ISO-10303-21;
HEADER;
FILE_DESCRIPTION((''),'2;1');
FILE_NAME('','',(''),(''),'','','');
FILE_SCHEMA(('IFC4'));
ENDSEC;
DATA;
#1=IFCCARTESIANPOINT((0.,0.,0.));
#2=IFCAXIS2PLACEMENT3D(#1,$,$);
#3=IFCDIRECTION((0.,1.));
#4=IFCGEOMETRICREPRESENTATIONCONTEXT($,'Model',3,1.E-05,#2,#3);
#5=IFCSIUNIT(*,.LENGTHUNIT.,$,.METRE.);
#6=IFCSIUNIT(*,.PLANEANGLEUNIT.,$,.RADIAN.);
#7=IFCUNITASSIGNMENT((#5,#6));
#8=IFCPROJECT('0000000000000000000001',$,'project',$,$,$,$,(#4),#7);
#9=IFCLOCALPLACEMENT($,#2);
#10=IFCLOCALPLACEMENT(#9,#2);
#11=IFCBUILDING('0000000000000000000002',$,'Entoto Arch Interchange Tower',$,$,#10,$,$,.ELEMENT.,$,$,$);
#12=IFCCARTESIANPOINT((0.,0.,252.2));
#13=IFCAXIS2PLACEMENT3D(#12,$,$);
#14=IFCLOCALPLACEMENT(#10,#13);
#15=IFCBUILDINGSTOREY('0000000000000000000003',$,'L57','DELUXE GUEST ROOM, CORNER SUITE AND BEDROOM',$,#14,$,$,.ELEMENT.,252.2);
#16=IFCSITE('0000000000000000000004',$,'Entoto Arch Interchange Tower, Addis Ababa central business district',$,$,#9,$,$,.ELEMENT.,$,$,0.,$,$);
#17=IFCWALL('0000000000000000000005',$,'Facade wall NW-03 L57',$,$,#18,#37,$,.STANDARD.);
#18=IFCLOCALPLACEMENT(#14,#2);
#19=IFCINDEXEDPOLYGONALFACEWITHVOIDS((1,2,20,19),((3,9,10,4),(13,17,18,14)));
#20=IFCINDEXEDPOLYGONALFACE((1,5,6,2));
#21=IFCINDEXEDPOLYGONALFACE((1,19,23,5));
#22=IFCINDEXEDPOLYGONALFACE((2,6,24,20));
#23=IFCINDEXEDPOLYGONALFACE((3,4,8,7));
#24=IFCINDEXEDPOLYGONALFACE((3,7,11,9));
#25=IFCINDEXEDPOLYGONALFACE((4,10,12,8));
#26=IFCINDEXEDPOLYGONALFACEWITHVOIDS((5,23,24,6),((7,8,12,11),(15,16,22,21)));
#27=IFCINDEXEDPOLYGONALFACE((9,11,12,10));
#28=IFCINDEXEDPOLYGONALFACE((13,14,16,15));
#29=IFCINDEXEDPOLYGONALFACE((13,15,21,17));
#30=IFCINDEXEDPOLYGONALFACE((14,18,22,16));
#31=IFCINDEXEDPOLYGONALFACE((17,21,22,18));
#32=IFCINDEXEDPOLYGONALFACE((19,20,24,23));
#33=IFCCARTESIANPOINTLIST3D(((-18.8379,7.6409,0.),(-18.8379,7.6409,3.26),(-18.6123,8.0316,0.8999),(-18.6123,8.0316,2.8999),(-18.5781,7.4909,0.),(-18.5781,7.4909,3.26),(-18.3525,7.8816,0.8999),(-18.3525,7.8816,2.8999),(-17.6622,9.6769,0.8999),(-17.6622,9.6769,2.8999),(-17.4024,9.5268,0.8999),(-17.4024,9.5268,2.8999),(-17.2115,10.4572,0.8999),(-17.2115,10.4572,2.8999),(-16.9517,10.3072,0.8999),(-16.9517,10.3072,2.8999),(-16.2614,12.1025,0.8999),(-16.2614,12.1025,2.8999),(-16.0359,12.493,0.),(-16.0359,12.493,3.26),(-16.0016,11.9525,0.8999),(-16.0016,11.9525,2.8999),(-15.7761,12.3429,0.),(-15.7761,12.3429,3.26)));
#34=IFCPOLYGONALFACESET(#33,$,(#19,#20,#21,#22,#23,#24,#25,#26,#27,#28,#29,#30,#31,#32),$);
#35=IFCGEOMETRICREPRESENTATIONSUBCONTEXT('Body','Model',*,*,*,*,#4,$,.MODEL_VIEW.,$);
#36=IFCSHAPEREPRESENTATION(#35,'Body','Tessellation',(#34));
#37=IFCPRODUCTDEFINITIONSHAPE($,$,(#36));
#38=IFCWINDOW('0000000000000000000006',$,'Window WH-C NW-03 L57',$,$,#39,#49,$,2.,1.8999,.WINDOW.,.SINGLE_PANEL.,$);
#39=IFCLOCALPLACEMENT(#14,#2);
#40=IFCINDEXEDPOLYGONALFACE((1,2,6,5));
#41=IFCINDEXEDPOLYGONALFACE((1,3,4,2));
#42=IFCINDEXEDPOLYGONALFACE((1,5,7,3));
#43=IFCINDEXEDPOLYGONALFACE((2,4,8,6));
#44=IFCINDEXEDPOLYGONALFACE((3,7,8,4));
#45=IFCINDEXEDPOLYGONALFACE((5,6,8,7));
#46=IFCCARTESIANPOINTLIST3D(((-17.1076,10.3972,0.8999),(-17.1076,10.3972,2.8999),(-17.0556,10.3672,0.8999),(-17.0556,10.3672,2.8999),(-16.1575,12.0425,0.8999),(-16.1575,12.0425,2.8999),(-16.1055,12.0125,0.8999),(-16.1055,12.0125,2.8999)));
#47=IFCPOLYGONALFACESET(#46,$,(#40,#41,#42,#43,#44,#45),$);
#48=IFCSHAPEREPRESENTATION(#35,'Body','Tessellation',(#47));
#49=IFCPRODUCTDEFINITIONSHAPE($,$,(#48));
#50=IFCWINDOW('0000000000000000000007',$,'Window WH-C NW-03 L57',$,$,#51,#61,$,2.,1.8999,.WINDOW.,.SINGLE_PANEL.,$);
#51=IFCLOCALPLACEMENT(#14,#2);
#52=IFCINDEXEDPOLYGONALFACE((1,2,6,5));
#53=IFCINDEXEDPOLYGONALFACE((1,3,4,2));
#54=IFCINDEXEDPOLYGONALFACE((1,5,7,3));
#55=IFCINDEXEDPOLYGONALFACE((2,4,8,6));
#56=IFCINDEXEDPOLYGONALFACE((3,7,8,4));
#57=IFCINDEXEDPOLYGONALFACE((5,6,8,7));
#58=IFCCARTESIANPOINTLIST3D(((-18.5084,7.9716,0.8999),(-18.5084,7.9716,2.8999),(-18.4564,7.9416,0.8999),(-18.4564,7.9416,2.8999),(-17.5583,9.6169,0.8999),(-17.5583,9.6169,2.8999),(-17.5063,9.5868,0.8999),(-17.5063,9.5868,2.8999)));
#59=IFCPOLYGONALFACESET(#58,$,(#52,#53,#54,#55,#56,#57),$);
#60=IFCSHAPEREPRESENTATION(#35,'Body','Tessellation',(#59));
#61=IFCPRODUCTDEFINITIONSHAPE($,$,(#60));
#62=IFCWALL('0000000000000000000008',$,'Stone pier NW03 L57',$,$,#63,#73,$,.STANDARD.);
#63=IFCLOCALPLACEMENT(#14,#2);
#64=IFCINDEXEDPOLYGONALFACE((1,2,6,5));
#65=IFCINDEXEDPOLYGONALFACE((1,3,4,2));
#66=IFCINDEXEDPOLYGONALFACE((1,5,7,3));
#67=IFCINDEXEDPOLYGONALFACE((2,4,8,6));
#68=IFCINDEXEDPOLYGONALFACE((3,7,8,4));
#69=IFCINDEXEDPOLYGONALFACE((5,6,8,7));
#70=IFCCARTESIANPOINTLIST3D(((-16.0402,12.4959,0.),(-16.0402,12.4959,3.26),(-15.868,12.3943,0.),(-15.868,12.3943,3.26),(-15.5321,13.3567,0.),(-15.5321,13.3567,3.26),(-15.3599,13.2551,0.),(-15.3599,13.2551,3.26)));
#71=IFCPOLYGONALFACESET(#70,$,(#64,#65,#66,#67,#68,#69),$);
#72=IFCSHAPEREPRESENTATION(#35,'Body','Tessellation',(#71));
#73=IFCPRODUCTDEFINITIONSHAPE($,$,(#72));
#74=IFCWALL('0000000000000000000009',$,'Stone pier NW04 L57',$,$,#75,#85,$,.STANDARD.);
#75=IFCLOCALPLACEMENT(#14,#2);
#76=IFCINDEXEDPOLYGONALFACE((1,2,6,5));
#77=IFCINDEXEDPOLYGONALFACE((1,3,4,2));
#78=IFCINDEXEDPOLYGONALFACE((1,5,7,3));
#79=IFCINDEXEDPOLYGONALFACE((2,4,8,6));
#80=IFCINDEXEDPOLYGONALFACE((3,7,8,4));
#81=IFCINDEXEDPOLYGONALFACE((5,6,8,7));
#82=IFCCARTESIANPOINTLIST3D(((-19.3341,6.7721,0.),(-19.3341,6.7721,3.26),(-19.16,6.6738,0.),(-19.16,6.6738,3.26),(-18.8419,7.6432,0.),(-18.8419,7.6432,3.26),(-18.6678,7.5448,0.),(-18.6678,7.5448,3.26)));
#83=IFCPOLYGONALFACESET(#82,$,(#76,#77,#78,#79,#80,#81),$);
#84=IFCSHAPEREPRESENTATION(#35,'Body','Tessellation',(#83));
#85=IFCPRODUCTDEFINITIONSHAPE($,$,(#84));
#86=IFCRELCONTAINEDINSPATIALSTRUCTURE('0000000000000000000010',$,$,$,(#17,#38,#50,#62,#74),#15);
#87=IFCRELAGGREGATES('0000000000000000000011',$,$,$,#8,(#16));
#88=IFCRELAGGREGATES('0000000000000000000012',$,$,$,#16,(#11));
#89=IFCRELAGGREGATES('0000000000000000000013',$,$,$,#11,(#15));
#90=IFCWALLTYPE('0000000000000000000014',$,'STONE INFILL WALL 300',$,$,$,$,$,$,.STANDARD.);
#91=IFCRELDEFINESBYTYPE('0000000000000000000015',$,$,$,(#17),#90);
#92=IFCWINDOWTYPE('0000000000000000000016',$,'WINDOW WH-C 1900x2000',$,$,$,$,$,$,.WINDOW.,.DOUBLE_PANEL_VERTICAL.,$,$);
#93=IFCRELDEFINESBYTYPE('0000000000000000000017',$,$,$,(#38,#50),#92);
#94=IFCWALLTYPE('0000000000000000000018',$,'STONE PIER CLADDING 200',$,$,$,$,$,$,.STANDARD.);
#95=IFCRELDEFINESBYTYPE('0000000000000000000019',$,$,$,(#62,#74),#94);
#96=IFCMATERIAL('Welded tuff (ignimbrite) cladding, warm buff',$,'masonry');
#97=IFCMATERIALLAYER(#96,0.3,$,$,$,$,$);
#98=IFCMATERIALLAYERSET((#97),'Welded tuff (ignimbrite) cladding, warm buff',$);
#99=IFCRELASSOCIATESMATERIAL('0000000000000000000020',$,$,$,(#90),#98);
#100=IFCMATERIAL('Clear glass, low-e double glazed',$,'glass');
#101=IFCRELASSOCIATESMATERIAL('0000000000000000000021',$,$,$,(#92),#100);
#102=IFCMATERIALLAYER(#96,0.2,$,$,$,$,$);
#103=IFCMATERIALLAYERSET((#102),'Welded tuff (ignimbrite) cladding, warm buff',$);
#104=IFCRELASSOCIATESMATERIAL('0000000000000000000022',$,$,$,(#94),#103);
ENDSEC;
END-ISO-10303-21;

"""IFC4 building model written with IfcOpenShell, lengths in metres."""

from ifc_helpers import new_model, si_unit, direction, frame, frame_2d, origin, place, context, subcontext, project, spatial, rectangle, extrude, material, layer, layer_set, type_object, element, fill, save


model = new_model("IFC4")

# Units and contexts
model_context = context("Model", 3, precision=1e-05, world=origin(), true_north=direction((0.0, 1.0)))
body_context = subcontext(model_context, "Body", "Model", "MODEL_VIEW")
ifc_project = project(units=[si_unit("LENGTHUNIT", "METRE"), si_unit("PLANEANGLEUNIT", "RADIAN")], contexts=[model_context])

# Site, building, storey
site_placement = place(None, origin())
site = spatial("IfcSite", under=ifc_project, at=site_placement, Name="Entoto Arch Interchange Tower, Addis Ababa central business district", CompositionType="ELEMENT", RefElevation=0.0)
building_placement = place(site_placement, origin())
building = spatial("IfcBuilding", under=site, at=building_placement, Name="Entoto Arch Interchange Tower", CompositionType="ELEMENT")
storey_placement = place(building_placement, frame((0.0, 0.0, 252.2)))
storey = spatial("IfcBuildingStorey", under=building, at=storey_placement, Name="L57", Description="DELUXE GUEST ROOM, CORNER SUITE AND BEDROOM", CompositionType="ELEMENT", Elevation=252.2)

# Wall, openings, windows
ifc_material_1 = material(Name="Welded tuff (ignimbrite) cladding, warm buff", Category="masonry")
ifc_layer_1 = layer(ifc_material_1, 0.3)
ifc_layer_set_1 = layer_set([ifc_layer_1], Name="Welded tuff (ignimbrite) cladding, warm buff")
wall_type_1 = type_object("IfcWallType", Name="STONE INFILL WALL 300", PredefinedType="STANDARD", material=ifc_layer_set_1)
wall_1_placement = place(storey_placement, frame((-15.906, 12.418, 0.0), z_axis=(0.0, 0.0, 1.0), x_axis=(-0.50009, -0.865974, 0.0)))
wall_1 = element("IfcWall", 1, at=wall_1_placement, inside=storey, type_object=wall_type_1, Name="Facade wall NW-03 L57", PredefinedType="STANDARD", context=body_context, shape_type="SweptSolid", body=[
    extrude(rectangle(XDim=5.603, YDim=0.3, at=frame_2d((2.8015, 0.0))), origin(), (0.0, 0.0, 1.0), 3.26),
])
opening_1_placement = place(wall_1_placement, frame((0.4509, 0.0, 0.8999)))
opening_1 = element("IfcOpeningElement", 2, at=opening_1_placement, cuts=wall_1, PredefinedType="OPENING", context=body_context, shape_type="SweptSolid", body=[
    extrude(rectangle(XDim=1.8999, YDim=2.0, at=frame_2d((0.95, 1.0))), frame((0.0, 0.1602, 0.0), z_axis=(0.0, -1.0, 0.0), x_axis=(1.0, 0.0, 0.0)), (0.0, 0.0, 1.0), 0.3201),
])
opening_2_placement = place(wall_1_placement, frame((3.252, 0.0, 0.8999)))
opening_2 = element("IfcOpeningElement", 3, at=opening_2_placement, cuts=wall_1, PredefinedType="OPENING", context=body_context, shape_type="SweptSolid", body=[
    extrude(rectangle(XDim=1.8999, YDim=2.0, at=frame_2d((0.95, 1.0))), frame((0.0, 0.1602, 0.0), z_axis=(0.0, -1.0, 0.0), x_axis=(1.0, 0.0, 0.0)), (0.0, 0.0, 1.0), 0.3201),
])
ifc_material_2 = material(Name="Clear glass, low-e double glazed", Category="glass")
window_type = type_object("IfcWindowType", Name="WINDOW WH-C 1900x2000", PartitioningType="DOUBLE_PANEL_VERTICAL", PredefinedType="WINDOW", material=ifc_material_2)
window_1_placement = place(opening_1_placement, origin())
window_1 = element("IfcWindow", 4, at=window_1_placement, inside=storey, type_object=window_type, Name="Window WH-C NW-03 L57", OverallHeight=2.0, OverallWidth=1.8999, PartitioningType="SINGLE_PANEL", PredefinedType="WINDOW", context=body_context, shape_type="SweptSolid", body=[
    extrude(rectangle(XDim=1.8999, YDim=2.0, at=frame_2d((0.95, 1.0))), frame((0.0, 0.03, 0.0), z_axis=(0.0, -1.0, 0.0), x_axis=(1.0, 0.0, 0.0)), (0.0, 0.0, 1.0), 0.0601),
])
fill(opening_1, window_1)
window_2_placement = place(opening_2_placement, origin())
window_2 = element("IfcWindow", 5, at=window_2_placement, inside=storey, type_object=window_type, Name="Window WH-C NW-03 L57", OverallHeight=2.0, OverallWidth=1.8999, PartitioningType="SINGLE_PANEL", PredefinedType="WINDOW", context=body_context, shape_type="SweptSolid", body=[
    extrude(rectangle(XDim=1.8999, YDim=2.0, at=frame_2d((0.95, 1.0))), frame((0.0, 0.03, 0.0), z_axis=(0.0, -1.0, 0.0), x_axis=(1.0, 0.0, 0.0)), (0.0, 0.0, 1.0), 0.0601),
])
fill(opening_2, window_2)

# Walls
ifc_layer_2 = layer(ifc_material_1, 0.2)
ifc_layer_set_2 = layer_set([ifc_layer_2], Name="Welded tuff (ignimbrite) cladding, warm buff")
wall_type_2 = type_object("IfcWallType", Name="STONE PIER CLADDING 200", PredefinedType="STANDARD", material=ifc_layer_set_2)
wall_2_placement = place(storey_placement, frame((-15.446, 13.3059, 0.0), z_axis=(0.0, 0.0, 1.0), x_axis=(-0.508268, -0.861199, 0.0)))
element("IfcWall", 6, at=wall_2_placement, inside=storey, type_object=wall_type_2, Name="Stone pier NW03 L57", PredefinedType="STANDARD", context=body_context, shape_type="SweptSolid", body=[
    extrude(rectangle(XDim=0.9995, YDim=0.2, at=frame_2d((0.4998, 0.0))), origin(), (0.0, 0.0, 1.0), 3.26),
])
wall_3_placement = place(storey_placement, frame((-18.7549, 7.594, 0.0), z_axis=(0.0, 0.0, 1.0), x_axis=(-0.491929, -0.870636, 0.0)))
element("IfcWall", 7, at=wall_3_placement, inside=storey, type_object=wall_type_2, Name="Stone pier NW04 L57", PredefinedType="STANDARD", context=body_context, shape_type="SweptSolid", body=[
    extrude(rectangle(XDim=1.0005, YDim=0.2, at=frame_2d((0.5002, 0.0))), origin(), (0.0, 0.0, 1.0), 3.26),
])

save(model, "model.ifc")
